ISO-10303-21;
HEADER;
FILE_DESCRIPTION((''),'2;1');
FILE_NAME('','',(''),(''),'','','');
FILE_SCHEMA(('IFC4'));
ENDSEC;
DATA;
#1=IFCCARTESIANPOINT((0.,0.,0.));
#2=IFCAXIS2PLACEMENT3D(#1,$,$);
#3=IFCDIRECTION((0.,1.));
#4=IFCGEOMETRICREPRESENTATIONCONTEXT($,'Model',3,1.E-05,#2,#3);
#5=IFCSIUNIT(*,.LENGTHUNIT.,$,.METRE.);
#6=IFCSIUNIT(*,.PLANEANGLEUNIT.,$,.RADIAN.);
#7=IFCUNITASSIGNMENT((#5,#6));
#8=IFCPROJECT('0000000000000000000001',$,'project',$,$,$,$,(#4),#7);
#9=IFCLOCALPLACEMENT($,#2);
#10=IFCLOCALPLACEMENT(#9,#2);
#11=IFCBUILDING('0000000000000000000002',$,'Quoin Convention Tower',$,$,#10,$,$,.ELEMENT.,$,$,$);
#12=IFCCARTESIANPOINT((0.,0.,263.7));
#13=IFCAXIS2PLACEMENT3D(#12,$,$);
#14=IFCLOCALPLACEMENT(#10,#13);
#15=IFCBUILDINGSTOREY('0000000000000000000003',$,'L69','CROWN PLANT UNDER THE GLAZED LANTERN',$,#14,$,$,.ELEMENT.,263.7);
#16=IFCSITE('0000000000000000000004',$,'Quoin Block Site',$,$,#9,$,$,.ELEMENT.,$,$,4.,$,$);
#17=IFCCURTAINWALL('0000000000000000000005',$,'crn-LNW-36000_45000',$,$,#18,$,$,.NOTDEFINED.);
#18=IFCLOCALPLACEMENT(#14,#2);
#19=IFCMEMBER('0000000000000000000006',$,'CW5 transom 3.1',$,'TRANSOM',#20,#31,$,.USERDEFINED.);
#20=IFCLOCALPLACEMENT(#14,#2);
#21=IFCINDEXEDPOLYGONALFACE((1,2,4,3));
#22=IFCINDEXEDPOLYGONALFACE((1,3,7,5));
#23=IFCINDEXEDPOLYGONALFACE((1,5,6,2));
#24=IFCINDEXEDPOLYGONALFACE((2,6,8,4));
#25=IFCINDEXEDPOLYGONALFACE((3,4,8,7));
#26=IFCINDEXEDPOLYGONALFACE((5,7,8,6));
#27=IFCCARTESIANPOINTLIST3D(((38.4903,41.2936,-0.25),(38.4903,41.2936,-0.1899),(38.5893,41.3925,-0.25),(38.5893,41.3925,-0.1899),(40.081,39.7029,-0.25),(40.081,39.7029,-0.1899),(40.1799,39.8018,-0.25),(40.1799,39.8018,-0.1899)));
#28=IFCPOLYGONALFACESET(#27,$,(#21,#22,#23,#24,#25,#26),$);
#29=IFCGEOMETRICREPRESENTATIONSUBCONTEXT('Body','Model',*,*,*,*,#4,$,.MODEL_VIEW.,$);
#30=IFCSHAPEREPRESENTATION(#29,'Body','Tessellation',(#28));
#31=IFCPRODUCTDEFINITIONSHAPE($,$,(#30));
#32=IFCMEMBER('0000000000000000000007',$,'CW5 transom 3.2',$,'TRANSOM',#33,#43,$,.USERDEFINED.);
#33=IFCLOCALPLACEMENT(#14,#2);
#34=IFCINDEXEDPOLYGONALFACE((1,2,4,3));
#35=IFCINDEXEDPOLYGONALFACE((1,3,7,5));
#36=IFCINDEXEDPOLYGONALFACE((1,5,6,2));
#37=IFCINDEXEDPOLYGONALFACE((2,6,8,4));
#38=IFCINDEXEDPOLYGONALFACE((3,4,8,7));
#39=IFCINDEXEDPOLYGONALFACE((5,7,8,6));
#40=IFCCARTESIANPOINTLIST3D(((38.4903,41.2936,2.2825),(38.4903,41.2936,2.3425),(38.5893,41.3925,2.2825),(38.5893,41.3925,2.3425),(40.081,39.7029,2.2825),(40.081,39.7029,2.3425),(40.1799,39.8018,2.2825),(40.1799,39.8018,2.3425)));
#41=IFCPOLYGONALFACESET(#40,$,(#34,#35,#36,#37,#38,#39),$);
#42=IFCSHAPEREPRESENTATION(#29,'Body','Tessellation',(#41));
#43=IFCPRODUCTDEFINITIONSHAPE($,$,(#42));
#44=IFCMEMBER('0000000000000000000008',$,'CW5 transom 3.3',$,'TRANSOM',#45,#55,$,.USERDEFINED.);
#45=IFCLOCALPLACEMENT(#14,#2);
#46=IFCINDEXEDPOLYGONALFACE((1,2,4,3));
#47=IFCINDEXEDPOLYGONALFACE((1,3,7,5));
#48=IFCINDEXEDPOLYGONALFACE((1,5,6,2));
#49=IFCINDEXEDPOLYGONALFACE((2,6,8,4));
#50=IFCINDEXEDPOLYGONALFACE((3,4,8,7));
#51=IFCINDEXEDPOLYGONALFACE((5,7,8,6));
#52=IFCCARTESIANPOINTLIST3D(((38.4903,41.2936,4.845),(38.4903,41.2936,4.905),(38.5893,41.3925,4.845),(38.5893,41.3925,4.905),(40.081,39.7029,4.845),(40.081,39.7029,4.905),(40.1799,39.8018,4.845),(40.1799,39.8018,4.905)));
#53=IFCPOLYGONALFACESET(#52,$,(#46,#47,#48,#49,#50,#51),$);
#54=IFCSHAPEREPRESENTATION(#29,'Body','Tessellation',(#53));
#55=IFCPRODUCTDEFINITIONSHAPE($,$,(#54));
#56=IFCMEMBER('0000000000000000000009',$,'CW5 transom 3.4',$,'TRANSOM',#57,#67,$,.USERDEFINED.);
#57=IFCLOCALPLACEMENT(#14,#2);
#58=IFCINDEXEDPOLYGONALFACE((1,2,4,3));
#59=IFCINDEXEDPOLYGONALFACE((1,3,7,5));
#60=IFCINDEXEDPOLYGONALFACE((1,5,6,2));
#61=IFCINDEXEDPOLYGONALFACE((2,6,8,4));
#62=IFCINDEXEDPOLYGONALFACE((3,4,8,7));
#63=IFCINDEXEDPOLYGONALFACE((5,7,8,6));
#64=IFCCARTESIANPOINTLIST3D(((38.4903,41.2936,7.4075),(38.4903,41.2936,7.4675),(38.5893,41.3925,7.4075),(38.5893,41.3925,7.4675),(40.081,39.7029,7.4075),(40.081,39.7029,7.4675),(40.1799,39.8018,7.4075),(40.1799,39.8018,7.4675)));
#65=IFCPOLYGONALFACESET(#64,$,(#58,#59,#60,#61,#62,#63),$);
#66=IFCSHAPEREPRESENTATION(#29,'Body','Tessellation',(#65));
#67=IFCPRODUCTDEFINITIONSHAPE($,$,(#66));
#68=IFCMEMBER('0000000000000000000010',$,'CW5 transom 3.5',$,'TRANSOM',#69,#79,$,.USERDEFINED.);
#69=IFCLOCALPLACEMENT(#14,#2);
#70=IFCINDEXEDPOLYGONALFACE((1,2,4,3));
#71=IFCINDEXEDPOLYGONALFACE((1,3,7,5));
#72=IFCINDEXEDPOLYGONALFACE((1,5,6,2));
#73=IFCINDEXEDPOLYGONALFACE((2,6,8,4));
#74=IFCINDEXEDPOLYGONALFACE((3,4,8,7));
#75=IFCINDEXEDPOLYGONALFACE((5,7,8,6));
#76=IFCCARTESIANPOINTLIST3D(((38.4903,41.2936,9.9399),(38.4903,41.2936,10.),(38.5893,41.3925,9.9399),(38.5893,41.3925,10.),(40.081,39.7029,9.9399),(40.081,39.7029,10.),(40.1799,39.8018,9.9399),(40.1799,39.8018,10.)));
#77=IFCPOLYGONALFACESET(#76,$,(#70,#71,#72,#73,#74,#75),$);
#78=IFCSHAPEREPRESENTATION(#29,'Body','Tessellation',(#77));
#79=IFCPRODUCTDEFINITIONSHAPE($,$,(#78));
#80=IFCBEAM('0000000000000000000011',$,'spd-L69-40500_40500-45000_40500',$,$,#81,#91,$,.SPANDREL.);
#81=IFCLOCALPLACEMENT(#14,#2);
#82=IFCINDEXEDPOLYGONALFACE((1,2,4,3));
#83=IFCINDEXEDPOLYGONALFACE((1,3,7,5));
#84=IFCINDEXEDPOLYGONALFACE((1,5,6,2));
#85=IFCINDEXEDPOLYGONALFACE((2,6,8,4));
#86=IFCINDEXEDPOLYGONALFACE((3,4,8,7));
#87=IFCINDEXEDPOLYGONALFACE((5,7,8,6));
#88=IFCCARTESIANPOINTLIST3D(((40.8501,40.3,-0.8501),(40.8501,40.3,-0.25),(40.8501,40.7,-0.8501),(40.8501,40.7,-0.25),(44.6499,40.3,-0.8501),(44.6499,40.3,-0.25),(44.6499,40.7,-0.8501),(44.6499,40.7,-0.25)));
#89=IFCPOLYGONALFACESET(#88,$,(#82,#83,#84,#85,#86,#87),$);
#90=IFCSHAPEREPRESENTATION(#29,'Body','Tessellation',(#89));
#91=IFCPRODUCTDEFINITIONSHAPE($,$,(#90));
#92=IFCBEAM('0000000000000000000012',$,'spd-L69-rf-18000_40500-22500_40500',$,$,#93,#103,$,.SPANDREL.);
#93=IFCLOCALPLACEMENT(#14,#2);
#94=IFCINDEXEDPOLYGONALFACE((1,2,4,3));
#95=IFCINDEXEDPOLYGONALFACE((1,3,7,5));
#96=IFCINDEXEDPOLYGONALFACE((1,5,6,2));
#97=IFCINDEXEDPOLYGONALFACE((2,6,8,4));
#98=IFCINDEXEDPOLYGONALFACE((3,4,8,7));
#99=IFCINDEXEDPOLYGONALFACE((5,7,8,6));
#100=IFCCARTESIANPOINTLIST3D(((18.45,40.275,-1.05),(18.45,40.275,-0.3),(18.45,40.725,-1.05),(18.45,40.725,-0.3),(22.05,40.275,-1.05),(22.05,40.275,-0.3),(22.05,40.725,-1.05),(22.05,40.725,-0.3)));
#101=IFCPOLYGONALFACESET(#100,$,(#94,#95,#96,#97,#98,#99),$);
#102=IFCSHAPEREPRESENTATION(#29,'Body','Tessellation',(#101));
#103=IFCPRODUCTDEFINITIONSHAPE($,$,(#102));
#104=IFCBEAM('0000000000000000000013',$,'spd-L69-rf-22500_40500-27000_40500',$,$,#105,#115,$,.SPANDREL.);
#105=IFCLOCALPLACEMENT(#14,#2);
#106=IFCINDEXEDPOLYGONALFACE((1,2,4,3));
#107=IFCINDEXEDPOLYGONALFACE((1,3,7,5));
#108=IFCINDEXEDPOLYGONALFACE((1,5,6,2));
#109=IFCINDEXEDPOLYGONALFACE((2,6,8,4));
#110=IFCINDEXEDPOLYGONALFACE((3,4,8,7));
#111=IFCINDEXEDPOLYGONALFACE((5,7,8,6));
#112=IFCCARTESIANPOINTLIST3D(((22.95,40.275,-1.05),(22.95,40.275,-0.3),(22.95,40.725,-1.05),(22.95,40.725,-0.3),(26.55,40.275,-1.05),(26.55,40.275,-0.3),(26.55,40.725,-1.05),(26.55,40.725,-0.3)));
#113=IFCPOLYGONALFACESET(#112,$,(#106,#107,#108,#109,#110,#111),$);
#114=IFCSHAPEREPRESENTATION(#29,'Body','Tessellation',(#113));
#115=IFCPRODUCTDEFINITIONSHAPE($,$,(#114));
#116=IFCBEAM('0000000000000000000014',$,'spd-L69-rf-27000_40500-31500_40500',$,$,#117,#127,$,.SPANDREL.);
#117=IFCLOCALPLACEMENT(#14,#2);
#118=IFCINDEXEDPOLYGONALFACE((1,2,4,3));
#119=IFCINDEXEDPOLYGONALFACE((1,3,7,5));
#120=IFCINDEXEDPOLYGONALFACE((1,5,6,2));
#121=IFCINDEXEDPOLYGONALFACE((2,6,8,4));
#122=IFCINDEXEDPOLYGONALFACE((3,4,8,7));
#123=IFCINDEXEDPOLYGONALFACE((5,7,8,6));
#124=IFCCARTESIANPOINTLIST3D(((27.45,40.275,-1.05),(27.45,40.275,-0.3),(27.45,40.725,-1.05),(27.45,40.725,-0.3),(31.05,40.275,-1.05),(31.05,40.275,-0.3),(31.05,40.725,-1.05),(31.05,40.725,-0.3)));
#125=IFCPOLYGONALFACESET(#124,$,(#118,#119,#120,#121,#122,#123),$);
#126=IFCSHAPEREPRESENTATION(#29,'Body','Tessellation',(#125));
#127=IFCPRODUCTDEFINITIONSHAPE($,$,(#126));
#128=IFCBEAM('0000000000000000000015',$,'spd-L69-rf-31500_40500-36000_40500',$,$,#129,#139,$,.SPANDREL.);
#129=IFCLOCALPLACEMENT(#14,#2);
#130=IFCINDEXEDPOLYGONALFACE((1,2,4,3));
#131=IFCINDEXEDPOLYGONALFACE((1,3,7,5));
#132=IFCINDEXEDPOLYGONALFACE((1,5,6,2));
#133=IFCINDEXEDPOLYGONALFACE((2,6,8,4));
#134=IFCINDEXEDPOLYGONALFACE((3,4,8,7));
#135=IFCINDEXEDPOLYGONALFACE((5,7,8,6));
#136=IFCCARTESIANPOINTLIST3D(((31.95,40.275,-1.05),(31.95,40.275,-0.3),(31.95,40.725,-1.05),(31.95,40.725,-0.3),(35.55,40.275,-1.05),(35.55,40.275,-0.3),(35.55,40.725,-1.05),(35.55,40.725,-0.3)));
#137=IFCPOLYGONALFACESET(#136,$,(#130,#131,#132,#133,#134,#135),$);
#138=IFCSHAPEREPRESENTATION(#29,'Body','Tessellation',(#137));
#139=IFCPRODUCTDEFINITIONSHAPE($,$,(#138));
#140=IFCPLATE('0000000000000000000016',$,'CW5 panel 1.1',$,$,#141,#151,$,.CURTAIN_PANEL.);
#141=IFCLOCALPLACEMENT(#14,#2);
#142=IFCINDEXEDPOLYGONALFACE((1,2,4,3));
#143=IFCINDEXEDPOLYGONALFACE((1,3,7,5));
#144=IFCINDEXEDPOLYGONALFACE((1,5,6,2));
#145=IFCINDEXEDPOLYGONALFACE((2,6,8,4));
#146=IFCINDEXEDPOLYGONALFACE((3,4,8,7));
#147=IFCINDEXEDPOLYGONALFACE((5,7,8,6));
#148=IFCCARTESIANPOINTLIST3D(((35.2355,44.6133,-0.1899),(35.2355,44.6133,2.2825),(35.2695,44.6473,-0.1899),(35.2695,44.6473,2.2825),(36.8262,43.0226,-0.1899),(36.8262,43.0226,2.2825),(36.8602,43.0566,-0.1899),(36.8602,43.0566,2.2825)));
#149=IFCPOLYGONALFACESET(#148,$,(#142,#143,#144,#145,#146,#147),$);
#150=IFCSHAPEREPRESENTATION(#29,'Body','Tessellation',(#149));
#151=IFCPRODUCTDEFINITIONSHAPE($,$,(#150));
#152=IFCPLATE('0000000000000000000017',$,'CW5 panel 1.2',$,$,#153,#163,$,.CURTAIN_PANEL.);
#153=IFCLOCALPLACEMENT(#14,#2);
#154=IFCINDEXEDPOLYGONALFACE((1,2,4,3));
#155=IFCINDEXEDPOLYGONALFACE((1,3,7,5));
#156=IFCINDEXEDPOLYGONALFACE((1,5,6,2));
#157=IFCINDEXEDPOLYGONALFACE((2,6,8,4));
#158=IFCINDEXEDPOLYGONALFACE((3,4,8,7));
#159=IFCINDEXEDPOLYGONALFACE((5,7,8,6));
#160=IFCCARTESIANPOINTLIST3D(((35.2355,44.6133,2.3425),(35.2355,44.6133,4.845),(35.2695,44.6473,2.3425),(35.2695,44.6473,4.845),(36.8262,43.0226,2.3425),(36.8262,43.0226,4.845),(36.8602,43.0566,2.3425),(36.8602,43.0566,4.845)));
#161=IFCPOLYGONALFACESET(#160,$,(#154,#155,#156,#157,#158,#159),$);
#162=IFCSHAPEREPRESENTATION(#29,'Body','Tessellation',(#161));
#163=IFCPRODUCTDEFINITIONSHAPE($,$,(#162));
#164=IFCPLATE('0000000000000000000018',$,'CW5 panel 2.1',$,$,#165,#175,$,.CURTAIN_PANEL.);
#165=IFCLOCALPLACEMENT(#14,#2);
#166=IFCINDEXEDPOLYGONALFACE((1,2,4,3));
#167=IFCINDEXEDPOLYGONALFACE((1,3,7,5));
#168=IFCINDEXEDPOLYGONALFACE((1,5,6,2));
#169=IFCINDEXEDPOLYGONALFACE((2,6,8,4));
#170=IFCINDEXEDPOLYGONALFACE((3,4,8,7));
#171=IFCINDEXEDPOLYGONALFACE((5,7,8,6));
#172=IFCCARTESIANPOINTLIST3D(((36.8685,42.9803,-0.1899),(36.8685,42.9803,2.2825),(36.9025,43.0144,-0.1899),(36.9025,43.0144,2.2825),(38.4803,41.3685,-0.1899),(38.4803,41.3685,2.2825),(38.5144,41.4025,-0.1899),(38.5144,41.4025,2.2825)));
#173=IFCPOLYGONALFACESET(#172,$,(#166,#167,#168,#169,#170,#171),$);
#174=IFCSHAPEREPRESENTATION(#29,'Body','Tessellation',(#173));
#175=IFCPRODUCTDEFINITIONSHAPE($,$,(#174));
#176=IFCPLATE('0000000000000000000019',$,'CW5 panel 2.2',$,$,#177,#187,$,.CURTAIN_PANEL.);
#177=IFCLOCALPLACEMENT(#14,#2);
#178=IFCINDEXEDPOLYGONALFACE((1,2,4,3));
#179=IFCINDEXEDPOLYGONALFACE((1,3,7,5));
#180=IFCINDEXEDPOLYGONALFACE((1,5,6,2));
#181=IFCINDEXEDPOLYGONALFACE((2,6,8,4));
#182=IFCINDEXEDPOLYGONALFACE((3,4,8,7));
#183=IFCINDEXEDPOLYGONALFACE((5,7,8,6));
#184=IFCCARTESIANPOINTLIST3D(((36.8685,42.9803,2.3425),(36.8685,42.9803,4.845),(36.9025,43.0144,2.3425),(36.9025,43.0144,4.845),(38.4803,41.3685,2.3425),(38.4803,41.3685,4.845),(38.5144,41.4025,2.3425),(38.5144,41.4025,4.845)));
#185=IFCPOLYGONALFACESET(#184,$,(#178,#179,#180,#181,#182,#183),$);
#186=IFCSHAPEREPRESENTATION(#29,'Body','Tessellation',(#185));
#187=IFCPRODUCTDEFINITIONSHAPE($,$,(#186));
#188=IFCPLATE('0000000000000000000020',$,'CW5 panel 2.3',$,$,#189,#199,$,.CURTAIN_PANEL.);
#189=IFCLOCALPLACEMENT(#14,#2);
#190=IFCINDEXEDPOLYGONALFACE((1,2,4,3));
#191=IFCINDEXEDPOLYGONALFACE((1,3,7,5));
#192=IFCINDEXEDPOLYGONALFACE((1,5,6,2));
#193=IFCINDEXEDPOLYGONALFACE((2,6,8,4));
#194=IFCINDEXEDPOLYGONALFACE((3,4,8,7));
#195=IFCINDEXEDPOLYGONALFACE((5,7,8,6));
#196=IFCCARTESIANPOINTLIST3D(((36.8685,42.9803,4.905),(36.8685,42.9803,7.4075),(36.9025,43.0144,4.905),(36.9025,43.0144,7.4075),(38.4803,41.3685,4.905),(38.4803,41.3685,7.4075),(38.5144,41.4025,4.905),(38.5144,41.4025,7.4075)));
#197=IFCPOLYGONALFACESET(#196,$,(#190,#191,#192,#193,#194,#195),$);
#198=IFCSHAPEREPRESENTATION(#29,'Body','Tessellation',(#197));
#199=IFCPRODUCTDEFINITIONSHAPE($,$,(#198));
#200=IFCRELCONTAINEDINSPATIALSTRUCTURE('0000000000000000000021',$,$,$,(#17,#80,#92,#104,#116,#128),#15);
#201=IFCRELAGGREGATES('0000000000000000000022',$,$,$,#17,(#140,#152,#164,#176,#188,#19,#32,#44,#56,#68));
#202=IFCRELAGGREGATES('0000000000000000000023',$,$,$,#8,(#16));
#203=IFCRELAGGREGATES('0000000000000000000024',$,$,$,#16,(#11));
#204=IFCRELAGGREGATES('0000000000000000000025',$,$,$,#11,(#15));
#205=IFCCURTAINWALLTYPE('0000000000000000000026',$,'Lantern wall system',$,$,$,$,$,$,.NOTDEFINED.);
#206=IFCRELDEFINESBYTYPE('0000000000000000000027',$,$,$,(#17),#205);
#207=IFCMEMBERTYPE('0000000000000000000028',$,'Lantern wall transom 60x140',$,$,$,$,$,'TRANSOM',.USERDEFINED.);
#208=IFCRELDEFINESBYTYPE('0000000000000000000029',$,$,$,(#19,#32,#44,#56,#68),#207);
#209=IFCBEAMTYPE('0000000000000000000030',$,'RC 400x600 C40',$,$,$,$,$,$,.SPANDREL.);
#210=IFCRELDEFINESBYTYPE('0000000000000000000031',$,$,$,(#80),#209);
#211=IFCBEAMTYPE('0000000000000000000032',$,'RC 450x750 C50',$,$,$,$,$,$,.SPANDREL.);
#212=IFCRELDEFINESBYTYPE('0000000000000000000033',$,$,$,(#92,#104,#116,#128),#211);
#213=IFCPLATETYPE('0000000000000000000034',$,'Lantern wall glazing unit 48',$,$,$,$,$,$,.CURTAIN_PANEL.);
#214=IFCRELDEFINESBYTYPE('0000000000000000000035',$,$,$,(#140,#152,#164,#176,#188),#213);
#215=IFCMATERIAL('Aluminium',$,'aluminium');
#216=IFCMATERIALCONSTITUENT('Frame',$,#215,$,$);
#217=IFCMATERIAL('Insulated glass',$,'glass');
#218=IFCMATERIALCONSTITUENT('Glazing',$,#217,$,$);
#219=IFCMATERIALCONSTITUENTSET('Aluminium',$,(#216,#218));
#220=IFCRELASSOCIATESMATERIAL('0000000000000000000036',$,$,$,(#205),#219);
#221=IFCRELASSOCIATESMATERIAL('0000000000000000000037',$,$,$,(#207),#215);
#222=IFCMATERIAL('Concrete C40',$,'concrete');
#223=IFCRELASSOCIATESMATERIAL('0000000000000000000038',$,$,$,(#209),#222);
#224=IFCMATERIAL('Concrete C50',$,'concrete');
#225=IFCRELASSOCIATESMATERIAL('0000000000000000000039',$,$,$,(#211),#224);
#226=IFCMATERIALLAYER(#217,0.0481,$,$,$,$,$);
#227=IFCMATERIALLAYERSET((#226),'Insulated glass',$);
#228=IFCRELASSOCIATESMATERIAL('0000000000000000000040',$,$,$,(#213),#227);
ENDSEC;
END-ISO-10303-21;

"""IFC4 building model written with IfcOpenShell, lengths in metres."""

from ifc_helpers import new_model, si_unit, direction, frame, origin, origin_2d, place, context, subcontext, project, spatial, rectangle, extrude, material, layer, layer_set, constituent, constituent_set, material_profile, profile_set, type_object, element, aggregate, save


model = new_model("IFC4")

# Units and contexts
model_context = context("Model", 3, precision=1e-05, world=origin(), true_north=direction((0.0, 1.0)))
body_context = subcontext(model_context, "Body", "Model", "MODEL_VIEW")
ifc_project = project(units=[si_unit("LENGTHUNIT", "METRE"), si_unit("PLANEANGLEUNIT", "RADIAN")], contexts=[model_context])

# Site, building, storey
site_placement = place(None, origin())
site = spatial("IfcSite", under=ifc_project, at=site_placement, Name="Quoin Block Site", CompositionType="ELEMENT", RefElevation=4.0)
building_placement = place(site_placement, origin())
building = spatial("IfcBuilding", under=site, at=building_placement, Name="Quoin Convention Tower", CompositionType="ELEMENT")
storey_placement = place(building_placement, frame((0.0, 0.0, 263.7)))
storey = spatial("IfcBuildingStorey", under=building, at=storey_placement, Name="L69", Description="CROWN PLANT UNDER THE GLAZED LANTERN", CompositionType="ELEMENT", Elevation=263.7)

# Shared definitions
ifc_material_1 = material(Name="Concrete C40", Category="concrete")

# Curtain wall, members
ifc_material_2 = material(Name="Aluminium", Category="aluminium")
ifc_constituent_1 = constituent(ifc_material_2, Name="Frame")
ifc_material_3 = material(Name="Insulated glass", Category="glass")
ifc_constituent_2 = constituent(ifc_material_3, Name="Glazing")
ifc_constituent_set = constituent_set(constituents=[ifc_constituent_1, ifc_constituent_2], Name="Aluminium")
curtain_wall_type = type_object("IfcCurtainWallType", Name="Lantern wall system", PredefinedType="NOTDEFINED", material=ifc_constituent_set)
curtain_wall_placement = place(storey_placement, origin())
curtain_wall = element("IfcCurtainWall", 1, at=curtain_wall_placement, inside=storey, type_object=curtain_wall_type, Name="crn-LNW-36000_45000", PredefinedType="NOTDEFINED")
ifc_material_profile_1 = material_profile(ifc_material_2, rectangle(XDim=0.1399, YDim=0.0601, at=origin_2d()), Name="Lantern wall transom 60x140")
ifc_profile_set_1 = profile_set([ifc_material_profile_1], Name="Aluminium")
member_type_1 = type_object("IfcMemberType", Name="Lantern wall transom 60x140", ElementType="TRANSOM", PredefinedType="USERDEFINED", material=ifc_profile_set_1)
member_1_placement = place(storey_placement, frame((38.5398, 41.343, -0.22), z_axis=(0.707107, -0.707107, 0.0), x_axis=(0.707107, 0.707107, 0.0)))
member_1 = element("IfcMember", 2, at=member_1_placement, type_object=member_type_1, Name="CW5 transom 3.1", ObjectType="TRANSOM", PredefinedType="USERDEFINED", context=body_context, shape_type="SweptSolid", body=[
    extrude(rectangle(XDim=0.1399, YDim=0.0601, at=origin_2d()), origin(), (0.0, 0.0, 1.0), 2.2495),
])
member_2_placement = place(storey_placement, frame((38.5398, 41.343, 2.3125), z_axis=(0.707107, -0.707107, 0.0), x_axis=(0.707107, 0.707107, 0.0)))
member_2 = element("IfcMember", 3, at=member_2_placement, type_object=member_type_1, Name="CW5 transom 3.2", ObjectType="TRANSOM", PredefinedType="USERDEFINED", context=body_context, shape_type="SweptSolid", body=[
    extrude(rectangle(XDim=0.1399, YDim=0.0601, at=origin_2d()), origin(), (0.0, 0.0, 1.0), 2.2495),
])
member_3_placement = place(storey_placement, frame((38.5398, 41.343, 4.875), z_axis=(0.707107, -0.707107, 0.0), x_axis=(0.707107, 0.707107, 0.0)))
member_3 = element("IfcMember", 4, at=member_3_placement, type_object=member_type_1, Name="CW5 transom 3.3", ObjectType="TRANSOM", PredefinedType="USERDEFINED", context=body_context, shape_type="SweptSolid", body=[
    extrude(rectangle(XDim=0.1399, YDim=0.0601, at=origin_2d()), origin(), (0.0, 0.0, 1.0), 2.2495),
])
member_4_placement = place(storey_placement, frame((38.5398, 41.343, 7.4375), z_axis=(0.707107, -0.707107, 0.0), x_axis=(0.707107, 0.707107, 0.0)))
member_4 = element("IfcMember", 5, at=member_4_placement, type_object=member_type_1, Name="CW5 transom 3.4", ObjectType="TRANSOM", PredefinedType="USERDEFINED", context=body_context, shape_type="SweptSolid", body=[
    extrude(rectangle(XDim=0.1399, YDim=0.0601, at=origin_2d()), origin(), (0.0, 0.0, 1.0), 2.2495),
])
member_5_placement = place(storey_placement, frame((38.5398, 41.343, 9.97), z_axis=(0.707107, -0.707107, 0.0), x_axis=(0.707107, 0.707107, 0.0)))
member_5 = element("IfcMember", 6, at=member_5_placement, type_object=member_type_1, Name="CW5 transom 3.5", ObjectType="TRANSOM", PredefinedType="USERDEFINED", context=body_context, shape_type="SweptSolid", body=[
    extrude(rectangle(XDim=0.1399, YDim=0.0601, at=origin_2d()), origin(), (0.0, 0.0, 1.0), 2.2495),
])

# Beams
ifc_material_profile_2 = material_profile(ifc_material_1, rectangle(XDim=0.3999, YDim=0.6001, at=origin_2d()), Name="RC 400x600")
ifc_profile_set_2 = profile_set([ifc_material_profile_2], Name="Concrete C40")
beam_type_1 = type_object("IfcBeamType", Name="RC 400x600 C40", PredefinedType="SPANDREL", material=ifc_profile_set_2)
beam_1_placement = place(storey_placement, frame((40.8501, 40.5, -0.55), z_axis=(1.0, 0.0, 0.0), x_axis=(0.0, 1.0, 0.0)))
element("IfcBeam", 7, at=beam_1_placement, inside=storey, type_object=beam_type_1, Name="spd-L69-40500_40500-45000_40500", PredefinedType="SPANDREL", context=body_context, shape_type="SweptSolid", body=[
    extrude(rectangle(XDim=0.3999, YDim=0.6001, at=origin_2d()), origin(), (0.0, 0.0, 1.0), 3.7998),
])
ifc_material_4 = material(Name="Concrete C50", Category="concrete")
ifc_material_profile_3 = material_profile(ifc_material_4, rectangle(XDim=0.45, YDim=0.75, at=origin_2d()), Name="RC 450x750")
ifc_profile_set_3 = profile_set([ifc_material_profile_3], Name="Concrete C50")
beam_type_2 = type_object("IfcBeamType", Name="RC 450x750 C50", PredefinedType="SPANDREL", material=ifc_profile_set_3)
for number, where, z_axis, x_axis, name in (
    (8, (18.45, 40.5, -0.675), (1.0, 0.0, 0.0), (0.0, 1.0, 0.0), "spd-L69-rf-18000_40500-22500_40500"),
    (9, (22.95, 40.5, -0.675), (1.0, 0.0, 0.0), (0.0, 1.0, 0.0), "spd-L69-rf-22500_40500-27000_40500"),
    (10, (27.45, 40.5, -0.675), (1.0, 0.0, 0.0), (0.0, 1.0, 0.0), "spd-L69-rf-27000_40500-31500_40500"),
    (11, (31.95, 40.5, -0.675), (1.0, 0.0, 0.0), (0.0, 1.0, 0.0), "spd-L69-rf-31500_40500-36000_40500"),
):
    element("IfcBeam", number, at=place(storey_placement, frame(where, z_axis=z_axis, x_axis=x_axis)), inside=storey, type_object=beam_type_2, Name=name, PredefinedType="SPANDREL", context=body_context, shape_type="SweptSolid", body=[
        extrude(rectangle(XDim=0.45, YDim=0.75, at=origin_2d()), origin(), (0.0, 0.0, 1.0), 3.6001),
    ])

# Plates
ifc_layer = layer(ifc_material_3, 0.0481)
ifc_layer_set = layer_set([ifc_layer], Name="Insulated glass")
plate_type = type_object("IfcPlateType", Name="Lantern wall glazing unit 48", PredefinedType="CURTAIN_PANEL", material=ifc_layer_set)
plate_1_placement = place(storey_placement, frame((36.0479, 43.835, -0.1899), z_axis=(0.0, 0.0, 1.0), x_axis=(0.707107, -0.707107, 0.0)))
plate_1 = element("IfcPlate", 12, at=plate_1_placement, type_object=plate_type, Name="CW5 panel 1.1", PredefinedType="CURTAIN_PANEL", context=body_context, shape_type="SweptSolid", body=[
    extrude(rectangle(XDim=2.2495, YDim=0.0481, at=origin_2d()), origin(), (0.0, 0.0, 1.0), 2.4724),
])
plate_2_placement = place(storey_placement, frame((36.0479, 43.835, 2.3425), z_axis=(0.0, 0.0, 1.0), x_axis=(0.707107, -0.707107, 0.0)))
plate_2 = element("IfcPlate", 13, at=plate_2_placement, type_object=plate_type, Name="CW5 panel 1.2", PredefinedType="CURTAIN_PANEL", context=body_context, shape_type="SweptSolid", body=[
    extrude(rectangle(XDim=2.2495, YDim=0.0481, at=origin_2d()), origin(), (0.0, 0.0, 1.0), 2.5024),
])
plate_3_placement = place(storey_placement, frame((37.6914, 42.1914, -0.1899), z_axis=(0.0, 0.0, 1.0), x_axis=(0.707107, -0.707107, 0.0)))
plate_3 = element("IfcPlate", 14, at=plate_3_placement, type_object=plate_type, Name="CW5 panel 2.1", PredefinedType="CURTAIN_PANEL", context=body_context, shape_type="SweptSolid", body=[
    extrude(rectangle(XDim=2.2795, YDim=0.0481, at=origin_2d()), origin(), (0.0, 0.0, 1.0), 2.4724),
])
plate_4_placement = place(storey_placement, frame((37.6914, 42.1914, 2.3425), z_axis=(0.0, 0.0, 1.0), x_axis=(0.707107, -0.707107, 0.0)))
plate_4 = element("IfcPlate", 15, at=plate_4_placement, type_object=plate_type, Name="CW5 panel 2.2", PredefinedType="CURTAIN_PANEL", context=body_context, shape_type="SweptSolid", body=[
    extrude(rectangle(XDim=2.2795, YDim=0.0481, at=origin_2d()), origin(), (0.0, 0.0, 1.0), 2.5024),
])
plate_5_placement = place(storey_placement, frame((37.6914, 42.1914, 4.905), z_axis=(0.0, 0.0, 1.0), x_axis=(0.707107, -0.707107, 0.0)))
plate_5 = element("IfcPlate", 16, at=plate_5_placement, type_object=plate_type, Name="CW5 panel 2.3", PredefinedType="CURTAIN_PANEL", context=body_context, shape_type="SweptSolid", body=[
    extrude(rectangle(XDim=2.2795, YDim=0.0481, at=origin_2d()), origin(), (0.0, 0.0, 1.0), 2.5024),
])
aggregate(curtain_wall, [plate_1, plate_2, plate_3, plate_4, plate_5, member_1, member_2, member_3, member_4, member_5])

save(model, "model.ifc")
